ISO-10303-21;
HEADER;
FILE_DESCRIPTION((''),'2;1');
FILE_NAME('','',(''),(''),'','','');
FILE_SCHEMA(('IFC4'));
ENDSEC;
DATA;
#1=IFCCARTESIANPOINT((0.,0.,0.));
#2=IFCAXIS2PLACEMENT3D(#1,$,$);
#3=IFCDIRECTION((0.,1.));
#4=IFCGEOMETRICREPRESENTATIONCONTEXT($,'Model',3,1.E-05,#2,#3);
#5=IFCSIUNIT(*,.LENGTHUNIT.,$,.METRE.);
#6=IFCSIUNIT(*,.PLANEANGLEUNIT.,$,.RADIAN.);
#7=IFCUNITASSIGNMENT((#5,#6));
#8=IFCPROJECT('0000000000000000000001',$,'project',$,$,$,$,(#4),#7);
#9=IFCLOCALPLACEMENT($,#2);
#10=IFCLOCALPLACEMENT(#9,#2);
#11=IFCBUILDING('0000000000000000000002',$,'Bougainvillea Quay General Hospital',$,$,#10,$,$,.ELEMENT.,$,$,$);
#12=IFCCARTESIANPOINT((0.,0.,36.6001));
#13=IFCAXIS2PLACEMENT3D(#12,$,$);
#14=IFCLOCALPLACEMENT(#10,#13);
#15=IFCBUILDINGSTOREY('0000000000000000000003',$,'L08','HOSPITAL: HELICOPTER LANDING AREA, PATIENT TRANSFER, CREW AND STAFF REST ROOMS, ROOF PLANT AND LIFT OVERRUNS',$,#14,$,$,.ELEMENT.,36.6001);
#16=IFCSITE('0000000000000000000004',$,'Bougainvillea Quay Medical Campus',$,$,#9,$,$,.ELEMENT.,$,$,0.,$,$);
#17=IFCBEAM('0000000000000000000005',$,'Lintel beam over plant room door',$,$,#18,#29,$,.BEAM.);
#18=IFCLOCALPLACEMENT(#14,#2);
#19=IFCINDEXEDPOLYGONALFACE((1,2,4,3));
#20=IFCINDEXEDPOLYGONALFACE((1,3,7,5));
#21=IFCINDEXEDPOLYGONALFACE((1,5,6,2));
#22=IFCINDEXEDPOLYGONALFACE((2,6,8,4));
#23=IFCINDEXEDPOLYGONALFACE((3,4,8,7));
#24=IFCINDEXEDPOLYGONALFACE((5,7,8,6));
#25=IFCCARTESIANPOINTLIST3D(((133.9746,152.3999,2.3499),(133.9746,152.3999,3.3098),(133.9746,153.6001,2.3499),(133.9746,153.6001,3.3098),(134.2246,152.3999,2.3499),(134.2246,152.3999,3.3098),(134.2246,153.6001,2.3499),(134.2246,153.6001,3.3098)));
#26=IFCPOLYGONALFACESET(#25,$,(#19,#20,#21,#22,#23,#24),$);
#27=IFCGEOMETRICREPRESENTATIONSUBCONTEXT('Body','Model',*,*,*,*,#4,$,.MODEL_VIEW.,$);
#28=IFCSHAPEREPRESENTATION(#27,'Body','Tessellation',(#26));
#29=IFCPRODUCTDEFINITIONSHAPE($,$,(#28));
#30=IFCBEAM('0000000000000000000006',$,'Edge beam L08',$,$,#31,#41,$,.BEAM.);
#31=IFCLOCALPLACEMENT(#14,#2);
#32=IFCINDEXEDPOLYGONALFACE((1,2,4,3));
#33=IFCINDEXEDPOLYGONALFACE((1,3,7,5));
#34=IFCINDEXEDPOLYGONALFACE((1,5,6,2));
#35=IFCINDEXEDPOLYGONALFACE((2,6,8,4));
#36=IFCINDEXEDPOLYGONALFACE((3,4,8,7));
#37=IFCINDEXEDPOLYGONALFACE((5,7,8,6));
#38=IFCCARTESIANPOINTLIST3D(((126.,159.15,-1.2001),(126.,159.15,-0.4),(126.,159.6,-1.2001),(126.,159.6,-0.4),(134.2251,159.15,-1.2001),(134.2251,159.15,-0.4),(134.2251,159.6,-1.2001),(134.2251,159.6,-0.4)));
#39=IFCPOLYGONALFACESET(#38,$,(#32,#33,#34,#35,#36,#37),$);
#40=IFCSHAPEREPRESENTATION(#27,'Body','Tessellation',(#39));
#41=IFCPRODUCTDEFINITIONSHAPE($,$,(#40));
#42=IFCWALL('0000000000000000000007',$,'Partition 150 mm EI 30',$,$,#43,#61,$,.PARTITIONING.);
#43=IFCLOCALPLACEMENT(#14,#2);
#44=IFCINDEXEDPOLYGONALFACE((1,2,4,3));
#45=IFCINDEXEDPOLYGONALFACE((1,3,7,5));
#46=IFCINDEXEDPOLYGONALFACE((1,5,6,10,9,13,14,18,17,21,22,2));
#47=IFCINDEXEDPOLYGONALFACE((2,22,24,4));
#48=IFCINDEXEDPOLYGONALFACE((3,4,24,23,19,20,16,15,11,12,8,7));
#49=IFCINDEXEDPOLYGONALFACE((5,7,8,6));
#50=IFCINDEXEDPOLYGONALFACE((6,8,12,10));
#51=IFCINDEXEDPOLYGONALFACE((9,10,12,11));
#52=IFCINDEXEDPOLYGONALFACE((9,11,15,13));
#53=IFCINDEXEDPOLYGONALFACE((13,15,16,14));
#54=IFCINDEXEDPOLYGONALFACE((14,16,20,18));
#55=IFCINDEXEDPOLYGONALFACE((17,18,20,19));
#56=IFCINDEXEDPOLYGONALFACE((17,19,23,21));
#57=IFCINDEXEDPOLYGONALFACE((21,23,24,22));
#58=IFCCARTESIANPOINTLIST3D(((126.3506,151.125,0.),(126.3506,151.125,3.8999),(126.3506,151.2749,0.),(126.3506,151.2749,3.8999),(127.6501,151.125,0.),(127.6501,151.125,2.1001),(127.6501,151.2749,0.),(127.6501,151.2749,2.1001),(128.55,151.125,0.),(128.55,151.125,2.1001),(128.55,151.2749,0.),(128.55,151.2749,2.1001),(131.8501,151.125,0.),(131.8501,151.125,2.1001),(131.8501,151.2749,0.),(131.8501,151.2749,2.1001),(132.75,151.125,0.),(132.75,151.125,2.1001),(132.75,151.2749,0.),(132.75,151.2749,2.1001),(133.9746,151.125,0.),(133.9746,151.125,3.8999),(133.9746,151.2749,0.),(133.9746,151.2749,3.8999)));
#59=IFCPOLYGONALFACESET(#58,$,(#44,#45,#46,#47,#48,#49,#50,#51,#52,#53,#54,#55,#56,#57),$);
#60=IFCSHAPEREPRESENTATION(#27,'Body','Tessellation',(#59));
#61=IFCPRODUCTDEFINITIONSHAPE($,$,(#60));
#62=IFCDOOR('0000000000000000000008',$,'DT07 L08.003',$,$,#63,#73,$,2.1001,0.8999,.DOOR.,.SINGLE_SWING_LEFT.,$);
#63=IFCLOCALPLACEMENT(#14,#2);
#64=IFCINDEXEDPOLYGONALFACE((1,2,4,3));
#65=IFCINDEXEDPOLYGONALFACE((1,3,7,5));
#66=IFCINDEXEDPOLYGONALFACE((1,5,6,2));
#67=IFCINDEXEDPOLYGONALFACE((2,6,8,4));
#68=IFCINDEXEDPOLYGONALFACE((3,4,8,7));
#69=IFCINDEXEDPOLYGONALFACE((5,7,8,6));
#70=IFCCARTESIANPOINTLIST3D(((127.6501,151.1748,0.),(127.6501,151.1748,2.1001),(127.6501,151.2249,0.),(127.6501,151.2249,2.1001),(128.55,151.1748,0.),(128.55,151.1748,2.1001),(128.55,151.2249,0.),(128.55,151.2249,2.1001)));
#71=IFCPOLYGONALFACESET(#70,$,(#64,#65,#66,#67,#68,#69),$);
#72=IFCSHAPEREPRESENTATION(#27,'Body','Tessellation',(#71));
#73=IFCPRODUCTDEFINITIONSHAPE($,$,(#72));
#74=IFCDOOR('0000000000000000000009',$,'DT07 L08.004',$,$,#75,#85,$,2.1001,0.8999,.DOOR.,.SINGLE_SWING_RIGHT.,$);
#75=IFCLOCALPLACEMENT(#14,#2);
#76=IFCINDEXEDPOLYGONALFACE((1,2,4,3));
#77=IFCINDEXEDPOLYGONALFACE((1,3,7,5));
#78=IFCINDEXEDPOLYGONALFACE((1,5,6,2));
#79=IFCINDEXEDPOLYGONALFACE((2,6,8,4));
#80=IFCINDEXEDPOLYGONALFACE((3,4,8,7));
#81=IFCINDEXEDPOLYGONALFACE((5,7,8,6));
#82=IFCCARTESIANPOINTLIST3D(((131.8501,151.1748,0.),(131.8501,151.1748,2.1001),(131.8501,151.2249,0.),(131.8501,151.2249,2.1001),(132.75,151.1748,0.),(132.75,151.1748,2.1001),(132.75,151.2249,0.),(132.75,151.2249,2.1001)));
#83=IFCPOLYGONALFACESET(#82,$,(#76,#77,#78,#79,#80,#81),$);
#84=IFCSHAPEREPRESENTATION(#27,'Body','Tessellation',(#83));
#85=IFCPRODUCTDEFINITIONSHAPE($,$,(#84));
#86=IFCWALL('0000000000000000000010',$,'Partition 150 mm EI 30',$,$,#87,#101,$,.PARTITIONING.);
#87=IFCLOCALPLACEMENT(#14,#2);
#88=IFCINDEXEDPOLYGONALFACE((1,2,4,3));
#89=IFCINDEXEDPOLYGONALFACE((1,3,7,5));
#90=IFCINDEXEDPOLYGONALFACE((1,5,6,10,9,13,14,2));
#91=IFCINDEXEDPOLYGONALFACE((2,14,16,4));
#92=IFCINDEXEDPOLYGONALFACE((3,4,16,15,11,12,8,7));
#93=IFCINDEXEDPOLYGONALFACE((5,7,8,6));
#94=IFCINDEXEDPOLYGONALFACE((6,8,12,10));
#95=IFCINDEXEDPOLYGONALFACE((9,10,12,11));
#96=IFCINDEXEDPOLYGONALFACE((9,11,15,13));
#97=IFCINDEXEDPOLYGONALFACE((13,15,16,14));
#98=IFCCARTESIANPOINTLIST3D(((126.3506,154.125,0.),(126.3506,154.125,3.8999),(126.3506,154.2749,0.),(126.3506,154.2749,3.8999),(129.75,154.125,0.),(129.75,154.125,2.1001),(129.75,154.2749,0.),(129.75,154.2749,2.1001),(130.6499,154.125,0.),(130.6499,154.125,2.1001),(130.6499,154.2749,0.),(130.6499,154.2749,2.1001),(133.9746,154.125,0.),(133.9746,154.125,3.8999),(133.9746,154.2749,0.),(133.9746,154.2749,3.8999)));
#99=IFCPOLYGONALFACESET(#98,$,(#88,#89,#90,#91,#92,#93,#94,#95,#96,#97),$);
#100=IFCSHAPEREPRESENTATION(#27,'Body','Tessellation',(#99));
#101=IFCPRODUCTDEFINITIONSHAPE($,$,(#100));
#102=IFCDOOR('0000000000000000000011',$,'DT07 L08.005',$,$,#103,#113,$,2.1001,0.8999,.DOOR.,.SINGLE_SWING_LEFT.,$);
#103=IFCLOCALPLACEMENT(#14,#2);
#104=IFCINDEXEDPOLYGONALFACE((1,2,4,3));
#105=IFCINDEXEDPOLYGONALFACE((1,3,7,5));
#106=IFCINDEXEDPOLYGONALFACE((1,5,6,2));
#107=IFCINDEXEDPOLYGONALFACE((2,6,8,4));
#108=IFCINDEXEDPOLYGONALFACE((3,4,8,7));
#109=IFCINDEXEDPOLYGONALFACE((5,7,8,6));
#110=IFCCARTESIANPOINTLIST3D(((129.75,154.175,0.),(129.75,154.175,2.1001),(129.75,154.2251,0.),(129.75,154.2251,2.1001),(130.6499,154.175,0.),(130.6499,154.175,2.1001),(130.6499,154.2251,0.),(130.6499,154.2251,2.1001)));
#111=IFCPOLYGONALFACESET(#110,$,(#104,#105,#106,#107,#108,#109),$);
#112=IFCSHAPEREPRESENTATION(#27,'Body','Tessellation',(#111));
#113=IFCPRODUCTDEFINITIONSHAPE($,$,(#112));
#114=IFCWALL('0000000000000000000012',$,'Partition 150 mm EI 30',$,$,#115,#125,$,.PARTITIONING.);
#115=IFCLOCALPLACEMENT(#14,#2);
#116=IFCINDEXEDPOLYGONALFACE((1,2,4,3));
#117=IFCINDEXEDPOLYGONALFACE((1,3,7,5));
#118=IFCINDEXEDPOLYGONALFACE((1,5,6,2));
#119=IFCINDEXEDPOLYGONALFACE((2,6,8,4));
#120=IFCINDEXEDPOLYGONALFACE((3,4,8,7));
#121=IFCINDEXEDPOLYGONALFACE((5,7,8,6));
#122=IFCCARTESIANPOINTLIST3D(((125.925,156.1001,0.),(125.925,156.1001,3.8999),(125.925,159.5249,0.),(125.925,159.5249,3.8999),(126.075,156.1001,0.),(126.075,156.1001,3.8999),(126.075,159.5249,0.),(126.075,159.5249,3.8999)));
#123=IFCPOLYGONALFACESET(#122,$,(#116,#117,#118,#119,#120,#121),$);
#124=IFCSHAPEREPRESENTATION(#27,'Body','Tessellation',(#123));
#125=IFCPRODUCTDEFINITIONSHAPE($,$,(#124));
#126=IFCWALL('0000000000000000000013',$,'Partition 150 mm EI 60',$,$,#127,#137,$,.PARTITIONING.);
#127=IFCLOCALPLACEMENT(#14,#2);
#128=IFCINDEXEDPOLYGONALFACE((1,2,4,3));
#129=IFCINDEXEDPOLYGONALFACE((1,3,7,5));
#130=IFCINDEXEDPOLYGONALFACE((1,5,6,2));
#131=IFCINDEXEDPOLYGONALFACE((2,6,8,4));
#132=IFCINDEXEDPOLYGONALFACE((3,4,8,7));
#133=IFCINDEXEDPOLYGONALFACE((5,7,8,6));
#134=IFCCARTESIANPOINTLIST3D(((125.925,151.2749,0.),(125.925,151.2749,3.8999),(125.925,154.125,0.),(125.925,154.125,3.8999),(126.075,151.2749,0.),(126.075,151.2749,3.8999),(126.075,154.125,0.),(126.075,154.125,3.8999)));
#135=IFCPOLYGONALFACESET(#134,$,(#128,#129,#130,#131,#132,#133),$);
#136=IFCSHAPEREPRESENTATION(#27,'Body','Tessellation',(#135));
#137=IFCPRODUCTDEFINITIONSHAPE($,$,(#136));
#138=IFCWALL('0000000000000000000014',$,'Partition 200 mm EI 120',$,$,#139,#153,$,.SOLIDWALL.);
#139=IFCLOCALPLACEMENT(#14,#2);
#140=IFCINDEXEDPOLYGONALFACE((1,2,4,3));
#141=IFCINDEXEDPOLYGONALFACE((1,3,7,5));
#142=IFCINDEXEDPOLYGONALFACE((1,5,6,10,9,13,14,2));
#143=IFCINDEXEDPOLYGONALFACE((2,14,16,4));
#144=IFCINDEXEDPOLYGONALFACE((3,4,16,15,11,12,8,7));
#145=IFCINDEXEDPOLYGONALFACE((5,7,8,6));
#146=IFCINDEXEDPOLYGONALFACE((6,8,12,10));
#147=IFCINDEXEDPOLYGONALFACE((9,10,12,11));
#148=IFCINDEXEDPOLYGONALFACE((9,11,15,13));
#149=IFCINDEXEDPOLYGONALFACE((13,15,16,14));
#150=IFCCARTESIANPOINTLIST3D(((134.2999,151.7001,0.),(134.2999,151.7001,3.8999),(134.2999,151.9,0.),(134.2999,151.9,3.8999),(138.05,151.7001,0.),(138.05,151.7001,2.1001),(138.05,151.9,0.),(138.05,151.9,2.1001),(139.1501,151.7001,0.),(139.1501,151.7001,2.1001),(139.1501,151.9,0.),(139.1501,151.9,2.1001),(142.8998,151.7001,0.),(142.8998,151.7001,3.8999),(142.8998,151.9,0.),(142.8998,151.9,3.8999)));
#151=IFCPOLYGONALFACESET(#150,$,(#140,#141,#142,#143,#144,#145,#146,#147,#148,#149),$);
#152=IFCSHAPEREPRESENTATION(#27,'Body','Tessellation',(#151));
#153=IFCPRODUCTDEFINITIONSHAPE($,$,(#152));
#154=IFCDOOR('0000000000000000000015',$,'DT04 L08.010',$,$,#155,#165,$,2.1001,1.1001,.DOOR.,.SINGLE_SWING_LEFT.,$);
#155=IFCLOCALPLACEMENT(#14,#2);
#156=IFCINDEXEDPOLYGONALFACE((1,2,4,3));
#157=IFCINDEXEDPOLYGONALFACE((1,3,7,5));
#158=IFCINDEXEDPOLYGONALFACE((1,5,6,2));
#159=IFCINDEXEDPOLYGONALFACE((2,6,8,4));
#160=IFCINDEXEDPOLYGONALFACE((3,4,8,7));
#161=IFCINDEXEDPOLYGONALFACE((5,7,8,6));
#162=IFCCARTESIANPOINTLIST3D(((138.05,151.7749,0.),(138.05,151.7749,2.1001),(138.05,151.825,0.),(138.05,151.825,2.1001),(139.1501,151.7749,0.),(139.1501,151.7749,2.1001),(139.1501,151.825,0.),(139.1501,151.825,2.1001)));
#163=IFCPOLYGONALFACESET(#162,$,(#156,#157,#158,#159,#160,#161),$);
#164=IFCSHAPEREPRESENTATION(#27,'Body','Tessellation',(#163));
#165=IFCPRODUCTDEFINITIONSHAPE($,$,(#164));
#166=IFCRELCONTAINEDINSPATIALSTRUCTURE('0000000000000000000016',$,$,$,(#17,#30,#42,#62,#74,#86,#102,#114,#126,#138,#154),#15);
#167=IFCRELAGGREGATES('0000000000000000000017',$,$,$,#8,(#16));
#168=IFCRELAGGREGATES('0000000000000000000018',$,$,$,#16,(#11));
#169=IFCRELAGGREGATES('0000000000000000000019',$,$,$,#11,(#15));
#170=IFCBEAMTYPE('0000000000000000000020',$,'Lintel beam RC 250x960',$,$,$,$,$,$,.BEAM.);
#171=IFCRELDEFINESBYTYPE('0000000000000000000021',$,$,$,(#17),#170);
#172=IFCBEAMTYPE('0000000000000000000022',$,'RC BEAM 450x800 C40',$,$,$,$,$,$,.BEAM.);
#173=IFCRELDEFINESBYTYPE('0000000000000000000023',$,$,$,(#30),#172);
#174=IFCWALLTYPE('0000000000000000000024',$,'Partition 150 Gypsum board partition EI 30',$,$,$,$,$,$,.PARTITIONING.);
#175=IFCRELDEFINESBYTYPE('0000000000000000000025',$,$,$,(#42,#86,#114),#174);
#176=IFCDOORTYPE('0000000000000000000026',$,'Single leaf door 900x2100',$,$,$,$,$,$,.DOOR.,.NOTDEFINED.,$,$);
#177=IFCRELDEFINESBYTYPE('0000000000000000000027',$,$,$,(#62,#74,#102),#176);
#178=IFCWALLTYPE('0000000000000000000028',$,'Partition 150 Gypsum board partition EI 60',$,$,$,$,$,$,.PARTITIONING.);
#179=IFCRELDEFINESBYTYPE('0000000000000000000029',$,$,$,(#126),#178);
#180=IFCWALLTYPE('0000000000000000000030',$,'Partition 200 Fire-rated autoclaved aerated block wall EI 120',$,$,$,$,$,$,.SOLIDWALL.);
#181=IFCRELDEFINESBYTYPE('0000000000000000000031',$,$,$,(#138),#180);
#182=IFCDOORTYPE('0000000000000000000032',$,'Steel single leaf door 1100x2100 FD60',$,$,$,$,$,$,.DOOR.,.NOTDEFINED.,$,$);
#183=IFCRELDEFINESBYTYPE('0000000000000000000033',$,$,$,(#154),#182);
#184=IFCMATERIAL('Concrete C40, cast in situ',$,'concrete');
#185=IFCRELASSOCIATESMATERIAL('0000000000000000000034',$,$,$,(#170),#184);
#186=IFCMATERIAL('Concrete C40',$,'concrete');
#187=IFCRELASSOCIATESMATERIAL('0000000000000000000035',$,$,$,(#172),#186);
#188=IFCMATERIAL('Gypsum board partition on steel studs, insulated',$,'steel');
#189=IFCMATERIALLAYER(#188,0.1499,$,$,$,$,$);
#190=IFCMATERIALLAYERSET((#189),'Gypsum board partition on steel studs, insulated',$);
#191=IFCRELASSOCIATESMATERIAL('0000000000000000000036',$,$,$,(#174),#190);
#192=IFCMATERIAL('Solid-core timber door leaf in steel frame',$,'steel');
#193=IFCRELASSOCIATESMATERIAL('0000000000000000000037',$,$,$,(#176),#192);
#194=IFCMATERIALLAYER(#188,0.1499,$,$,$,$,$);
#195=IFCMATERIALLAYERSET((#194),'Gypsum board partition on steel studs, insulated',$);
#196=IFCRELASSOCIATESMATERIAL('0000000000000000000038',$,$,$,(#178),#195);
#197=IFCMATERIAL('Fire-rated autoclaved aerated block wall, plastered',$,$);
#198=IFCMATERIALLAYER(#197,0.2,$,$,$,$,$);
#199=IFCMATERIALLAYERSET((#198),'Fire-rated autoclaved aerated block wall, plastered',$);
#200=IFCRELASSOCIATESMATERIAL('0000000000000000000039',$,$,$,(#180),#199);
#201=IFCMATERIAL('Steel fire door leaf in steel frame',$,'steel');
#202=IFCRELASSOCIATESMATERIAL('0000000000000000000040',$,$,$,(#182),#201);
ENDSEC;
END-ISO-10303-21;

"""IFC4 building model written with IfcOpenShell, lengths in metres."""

from ifc_helpers import new_model, si_unit, direction, frame, frame_2d, origin, origin_2d, place, context, subcontext, project, spatial, rectangle, extrude, material, layer, layer_set, material_profile, profile_set, type_object, element, fill, save


model = new_model("IFC4")

# Units and contexts
model_context = context("Model", 3, precision=1e-05, world=origin(), true_north=direction((0.0, 1.0)))
body_context = subcontext(model_context, "Body", "Model", "MODEL_VIEW")
ifc_project = project(units=[si_unit("LENGTHUNIT", "METRE"), si_unit("PLANEANGLEUNIT", "RADIAN")], contexts=[model_context])

# Site, building, storey
site_placement = place(None, origin())
site = spatial("IfcSite", under=ifc_project, at=site_placement, Name="Bougainvillea Quay Medical Campus", CompositionType="ELEMENT", RefElevation=0.0)
building_placement = place(site_placement, origin())
building = spatial("IfcBuilding", under=site, at=building_placement, Name="Bougainvillea Quay General Hospital", CompositionType="ELEMENT")
storey_placement = place(building_placement, frame((0.0, 0.0, 36.6001)))
storey = spatial("IfcBuildingStorey", under=building, at=storey_placement, Name="L08", Description="HOSPITAL: HELICOPTER LANDING AREA, PATIENT TRANSFER, CREW AND STAFF REST ROOMS, ROOF PLANT AND LIFT OVERRUNS", CompositionType="ELEMENT", Elevation=36.6001)

# Beams
ifc_material_1 = material(Name="Concrete C40, cast in situ", Category="concrete")
ifc_material_profile_1 = material_profile(ifc_material_1, rectangle(XDim=0.25, YDim=0.96, at=origin_2d()))
ifc_profile_set_1 = profile_set([ifc_material_profile_1], Name="Concrete C40, cast in situ")
beam_type_1 = type_object("IfcBeamType", Name="Lintel beam RC 250x960", PredefinedType="BEAM", material=ifc_profile_set_1)
beam_1_placement = place(storey_placement, frame((134.0996, 152.3999, 2.8298), z_axis=(0.0, 1.0, 0.0), x_axis=(-1.0, 0.0, 0.0)))
element("IfcBeam", 1, at=beam_1_placement, inside=storey, type_object=beam_type_1, Name="Lintel beam over plant room door", PredefinedType="BEAM", context=body_context, shape_type="SweptSolid", body=[
    extrude(rectangle(XDim=0.25, YDim=0.96, at=origin_2d()), origin(), (0.0, 0.0, 1.0), 1.2002),
])
ifc_material_2 = material(Name="Concrete C40", Category="concrete")
ifc_material_profile_2 = material_profile(ifc_material_2, rectangle(XDim=0.45, YDim=0.8, at=origin_2d()))
ifc_profile_set_2 = profile_set([ifc_material_profile_2], Name="Concrete C40")
beam_type_2 = type_object("IfcBeamType", Name="RC BEAM 450x800 C40", PredefinedType="BEAM", material=ifc_profile_set_2)
beam_2_placement = place(storey_placement, frame((134.2251, 159.375, -0.8), z_axis=(-1.0, 0.0, 0.0), x_axis=(0.0, -1.0, 0.0)))
element("IfcBeam", 2, at=beam_2_placement, inside=storey, type_object=beam_type_2, Name="Edge beam L08", PredefinedType="BEAM", context=body_context, shape_type="SweptSolid", body=[
    extrude(rectangle(XDim=0.45, YDim=0.8, at=origin_2d()), origin(), (0.0, 0.0, 1.0), 8.2251),
])

# Wall, openings, doors
ifc_material_3 = material(Name="Gypsum board partition on steel studs, insulated", Category="steel")
ifc_layer_1 = layer(ifc_material_3, 0.1499)
ifc_layer_set_1 = layer_set([ifc_layer_1], Name="Gypsum board partition on steel studs, insulated")
wall_type_1 = type_object("IfcWallType", Name="Partition 150 Gypsum board partition EI 30", PredefinedType="PARTITIONING", material=ifc_layer_set_1)
wall_1_placement = place(storey_placement, frame((126.3506, 151.2, 0.0), z_axis=(0.0, 0.0, 1.0), x_axis=(1.0, 0.0, 0.0)))
wall_1 = element("IfcWall", 3, at=wall_1_placement, inside=storey, type_object=wall_type_1, Name="Partition 150 mm EI 30", PredefinedType="PARTITIONING", context=body_context, shape_type="SweptSolid", body=[
    extrude(rectangle(XDim=7.624, YDim=0.1499, at=frame_2d((3.812, 0.0))), origin(), (0.0, 0.0, 1.0), 3.8999),
])
opening_1_placement = place(wall_1_placement, frame((1.2996, 0.0, 0.0)))
opening_1 = element("IfcOpeningElement", 4, at=opening_1_placement, cuts=wall_1, PredefinedType="OPENING", context=body_context, shape_type="SweptSolid", body=[
    extrude(rectangle(XDim=0.8999, YDim=2.1001, at=frame_2d((0.45, 1.05))), frame((0.0, 0.085, 0.0), z_axis=(0.0, -1.0, 0.0), x_axis=(1.0, 0.0, 0.0)), (0.0, 0.0, 1.0), 0.1699),
])
opening_2_placement = place(wall_1_placement, frame((5.4995, 0.0, 0.0)))
opening_2 = element("IfcOpeningElement", 5, at=opening_2_placement, cuts=wall_1, PredefinedType="OPENING", context=body_context, shape_type="SweptSolid", body=[
    extrude(rectangle(XDim=0.8999, YDim=2.1001, at=frame_2d((0.45, 1.05))), frame((0.0, 0.085, 0.0), z_axis=(0.0, -1.0, 0.0), x_axis=(1.0, 0.0, 0.0)), (0.0, 0.0, 1.0), 0.1699),
])
ifc_material_4 = material(Name="Solid-core timber door leaf in steel frame", Category="steel")
door_type_1 = type_object("IfcDoorType", Name="Single leaf door 900x2100", OperationType="NOTDEFINED", PredefinedType="DOOR", material=ifc_material_4)
door_1_placement = place(opening_1_placement, origin())
door_1 = element("IfcDoor", 6, at=door_1_placement, inside=storey, type_object=door_type_1, Name="DT07 L08.003", OperationType="SINGLE_SWING_LEFT", OverallHeight=2.1001, OverallWidth=0.8999, PredefinedType="DOOR", context=body_context, shape_type="SweptSolid", body=[
    extrude(rectangle(XDim=0.8999, YDim=2.1001, at=frame_2d((0.45, 1.05))), frame((0.0, 0.0249, 0.0), z_axis=(0.0, -1.0, 0.0), x_axis=(1.0, 0.0, 0.0)), (0.0, 0.0, 1.0), 0.05),
])
fill(opening_1, door_1)
door_2_placement = place(opening_2_placement, origin())
door_2 = element("IfcDoor", 7, at=door_2_placement, inside=storey, type_object=door_type_1, Name="DT07 L08.004", OperationType="SINGLE_SWING_RIGHT", OverallHeight=2.1001, OverallWidth=0.8999, PredefinedType="DOOR", context=body_context, shape_type="SweptSolid", body=[
    extrude(rectangle(XDim=0.8999, YDim=2.1001, at=frame_2d((0.45, 1.05))), frame((0.0, 0.0249, 0.0), z_axis=(0.0, -1.0, 0.0), x_axis=(1.0, 0.0, 0.0)), (0.0, 0.0, 1.0), 0.05),
])
fill(opening_2, door_2)

# Wall, opening, door
wall_2_placement = place(storey_placement, frame((126.3506, 154.2, 0.0), z_axis=(0.0, 0.0, 1.0), x_axis=(1.0, 0.0, 0.0)))
wall_2 = element("IfcWall", 8, at=wall_2_placement, inside=storey, type_object=wall_type_1, Name="Partition 150 mm EI 30", PredefinedType="PARTITIONING", context=body_context, shape_type="SweptSolid", body=[
    extrude(rectangle(XDim=7.624, YDim=0.1499, at=frame_2d((3.812, 0.0))), origin(), (0.0, 0.0, 1.0), 3.8999),
])
opening_3_placement = place(wall_2_placement, frame((3.3994, 0.0, 0.0)))
opening_3 = element("IfcOpeningElement", 9, at=opening_3_placement, cuts=wall_2, PredefinedType="OPENING", context=body_context, shape_type="SweptSolid", body=[
    extrude(rectangle(XDim=0.8999, YDim=2.1001, at=frame_2d((0.45, 1.05))), frame((0.0, 0.085, 0.0), z_axis=(0.0, -1.0, 0.0), x_axis=(1.0, 0.0, 0.0)), (0.0, 0.0, 1.0), 0.1699),
])
door_3_placement = place(opening_3_placement, frame((0.8999, 0.0, 0.0), z_axis=(0.0, 0.0, 1.0), x_axis=(-1.0, 0.0, 0.0)))
door_3 = element("IfcDoor", 10, at=door_3_placement, inside=storey, type_object=door_type_1, Name="DT07 L08.005", OperationType="SINGLE_SWING_LEFT", OverallHeight=2.1001, OverallWidth=0.8999, PredefinedType="DOOR", context=body_context, shape_type="SweptSolid", body=[
    extrude(rectangle(XDim=0.8999, YDim=2.1001, at=frame_2d((0.45, 1.05))), frame((0.0, 0.0249, 0.0), z_axis=(0.0, -1.0, 0.0), x_axis=(1.0, 0.0, 0.0)), (0.0, 0.0, 1.0), 0.05),
])
fill(opening_3, door_3)

# Walls
wall_3_placement = place(storey_placement, frame((126.0, 156.1001, 0.0), z_axis=(0.0, 0.0, 1.0), x_axis=(0.0, 1.0, 0.0)))
element("IfcWall", 11, at=wall_3_placement, inside=storey, type_object=wall_type_1, Name="Partition 150 mm EI 30", PredefinedType="PARTITIONING", context=body_context, shape_type="SweptSolid", body=[
    extrude(rectangle(XDim=3.4248, YDim=0.1499, at=frame_2d((1.7124, 0.0))), origin(), (0.0, 0.0, 1.0), 3.8999),
])
ifc_layer_2 = layer(ifc_material_3, 0.1499)
ifc_layer_set_2 = layer_set([ifc_layer_2], Name="Gypsum board partition on steel studs, insulated")
wall_type_2 = type_object("IfcWallType", Name="Partition 150 Gypsum board partition EI 60", PredefinedType="PARTITIONING", material=ifc_layer_set_2)
wall_4_placement = place(storey_placement, frame((126.0, 151.2749, 0.0), z_axis=(0.0, 0.0, 1.0), x_axis=(0.0, 1.0, 0.0)))
element("IfcWall", 12, at=wall_4_placement, inside=storey, type_object=wall_type_2, Name="Partition 150 mm EI 60", PredefinedType="PARTITIONING", context=body_context, shape_type="SweptSolid", body=[
    extrude(rectangle(XDim=2.8501, YDim=0.1499, at=frame_2d((1.425, 0.0))), origin(), (0.0, 0.0, 1.0), 3.8999),
])

# Wall, opening, door
ifc_material_5 = material(Name="Fire-rated autoclaved aerated block wall, plastered")
ifc_layer_3 = layer(ifc_material_5, 0.2)
ifc_layer_set_3 = layer_set([ifc_layer_3], Name="Fire-rated autoclaved aerated block wall, plastered")
wall_type_3 = type_object("IfcWallType", Name="Partition 200 Fire-rated autoclaved aerated block wall EI 120", PredefinedType="SOLIDWALL", material=ifc_layer_set_3)
wall_5_placement = place(storey_placement, frame((134.3, 151.8, 0.0), z_axis=(0.0, 0.0, 1.0), x_axis=(1.0, 0.0, 0.0)))
wall_5 = element("IfcWall", 13, at=wall_5_placement, inside=storey, type_object=wall_type_3, Name="Partition 200 mm EI 120", PredefinedType="SOLIDWALL", context=body_context, shape_type="SweptSolid", body=[
    extrude(rectangle(XDim=8.5999, YDim=0.2, at=frame_2d((4.2998, 0.0))), origin(), (0.0, 0.0, 1.0), 3.8999),
])
opening_4_placement = place(wall_5_placement, frame((3.75, 0.0, 0.0)))
opening_4 = element("IfcOpeningElement", 14, at=opening_4_placement, cuts=wall_5, PredefinedType="OPENING", context=body_context, shape_type="SweptSolid", body=[
    extrude(rectangle(XDim=1.1001, YDim=2.1001, at=frame_2d((0.55, 1.05))), frame((0.0, 0.1099, 0.0), z_axis=(0.0, -1.0, 0.0), x_axis=(1.0, 0.0, 0.0)), (0.0, 0.0, 1.0), 0.22),
])
ifc_material_6 = material(Name="Steel fire door leaf in steel frame", Category="steel")
door_type_2 = type_object("IfcDoorType", Name="Steel single leaf door 1100x2100 FD60", OperationType="NOTDEFINED", PredefinedType="DOOR", material=ifc_material_6)
door_4_placement = place(opening_4_placement, origin())
door_4 = element("IfcDoor", 15, at=door_4_placement, inside=storey, type_object=door_type_2, Name="DT04 L08.010", OperationType="SINGLE_SWING_LEFT", OverallHeight=2.1001, OverallWidth=1.1001, PredefinedType="DOOR", context=body_context, shape_type="SweptSolid", body=[
    extrude(rectangle(XDim=1.1001, YDim=2.1001, at=frame_2d((0.55, 1.05))), frame((0.0, 0.0249, 0.0), z_axis=(0.0, -1.0, 0.0), x_axis=(1.0, 0.0, 0.0)), (0.0, 0.0, 1.0), 0.05),
])
fill(opening_4, door_4)

save(model, "model.ifc")
